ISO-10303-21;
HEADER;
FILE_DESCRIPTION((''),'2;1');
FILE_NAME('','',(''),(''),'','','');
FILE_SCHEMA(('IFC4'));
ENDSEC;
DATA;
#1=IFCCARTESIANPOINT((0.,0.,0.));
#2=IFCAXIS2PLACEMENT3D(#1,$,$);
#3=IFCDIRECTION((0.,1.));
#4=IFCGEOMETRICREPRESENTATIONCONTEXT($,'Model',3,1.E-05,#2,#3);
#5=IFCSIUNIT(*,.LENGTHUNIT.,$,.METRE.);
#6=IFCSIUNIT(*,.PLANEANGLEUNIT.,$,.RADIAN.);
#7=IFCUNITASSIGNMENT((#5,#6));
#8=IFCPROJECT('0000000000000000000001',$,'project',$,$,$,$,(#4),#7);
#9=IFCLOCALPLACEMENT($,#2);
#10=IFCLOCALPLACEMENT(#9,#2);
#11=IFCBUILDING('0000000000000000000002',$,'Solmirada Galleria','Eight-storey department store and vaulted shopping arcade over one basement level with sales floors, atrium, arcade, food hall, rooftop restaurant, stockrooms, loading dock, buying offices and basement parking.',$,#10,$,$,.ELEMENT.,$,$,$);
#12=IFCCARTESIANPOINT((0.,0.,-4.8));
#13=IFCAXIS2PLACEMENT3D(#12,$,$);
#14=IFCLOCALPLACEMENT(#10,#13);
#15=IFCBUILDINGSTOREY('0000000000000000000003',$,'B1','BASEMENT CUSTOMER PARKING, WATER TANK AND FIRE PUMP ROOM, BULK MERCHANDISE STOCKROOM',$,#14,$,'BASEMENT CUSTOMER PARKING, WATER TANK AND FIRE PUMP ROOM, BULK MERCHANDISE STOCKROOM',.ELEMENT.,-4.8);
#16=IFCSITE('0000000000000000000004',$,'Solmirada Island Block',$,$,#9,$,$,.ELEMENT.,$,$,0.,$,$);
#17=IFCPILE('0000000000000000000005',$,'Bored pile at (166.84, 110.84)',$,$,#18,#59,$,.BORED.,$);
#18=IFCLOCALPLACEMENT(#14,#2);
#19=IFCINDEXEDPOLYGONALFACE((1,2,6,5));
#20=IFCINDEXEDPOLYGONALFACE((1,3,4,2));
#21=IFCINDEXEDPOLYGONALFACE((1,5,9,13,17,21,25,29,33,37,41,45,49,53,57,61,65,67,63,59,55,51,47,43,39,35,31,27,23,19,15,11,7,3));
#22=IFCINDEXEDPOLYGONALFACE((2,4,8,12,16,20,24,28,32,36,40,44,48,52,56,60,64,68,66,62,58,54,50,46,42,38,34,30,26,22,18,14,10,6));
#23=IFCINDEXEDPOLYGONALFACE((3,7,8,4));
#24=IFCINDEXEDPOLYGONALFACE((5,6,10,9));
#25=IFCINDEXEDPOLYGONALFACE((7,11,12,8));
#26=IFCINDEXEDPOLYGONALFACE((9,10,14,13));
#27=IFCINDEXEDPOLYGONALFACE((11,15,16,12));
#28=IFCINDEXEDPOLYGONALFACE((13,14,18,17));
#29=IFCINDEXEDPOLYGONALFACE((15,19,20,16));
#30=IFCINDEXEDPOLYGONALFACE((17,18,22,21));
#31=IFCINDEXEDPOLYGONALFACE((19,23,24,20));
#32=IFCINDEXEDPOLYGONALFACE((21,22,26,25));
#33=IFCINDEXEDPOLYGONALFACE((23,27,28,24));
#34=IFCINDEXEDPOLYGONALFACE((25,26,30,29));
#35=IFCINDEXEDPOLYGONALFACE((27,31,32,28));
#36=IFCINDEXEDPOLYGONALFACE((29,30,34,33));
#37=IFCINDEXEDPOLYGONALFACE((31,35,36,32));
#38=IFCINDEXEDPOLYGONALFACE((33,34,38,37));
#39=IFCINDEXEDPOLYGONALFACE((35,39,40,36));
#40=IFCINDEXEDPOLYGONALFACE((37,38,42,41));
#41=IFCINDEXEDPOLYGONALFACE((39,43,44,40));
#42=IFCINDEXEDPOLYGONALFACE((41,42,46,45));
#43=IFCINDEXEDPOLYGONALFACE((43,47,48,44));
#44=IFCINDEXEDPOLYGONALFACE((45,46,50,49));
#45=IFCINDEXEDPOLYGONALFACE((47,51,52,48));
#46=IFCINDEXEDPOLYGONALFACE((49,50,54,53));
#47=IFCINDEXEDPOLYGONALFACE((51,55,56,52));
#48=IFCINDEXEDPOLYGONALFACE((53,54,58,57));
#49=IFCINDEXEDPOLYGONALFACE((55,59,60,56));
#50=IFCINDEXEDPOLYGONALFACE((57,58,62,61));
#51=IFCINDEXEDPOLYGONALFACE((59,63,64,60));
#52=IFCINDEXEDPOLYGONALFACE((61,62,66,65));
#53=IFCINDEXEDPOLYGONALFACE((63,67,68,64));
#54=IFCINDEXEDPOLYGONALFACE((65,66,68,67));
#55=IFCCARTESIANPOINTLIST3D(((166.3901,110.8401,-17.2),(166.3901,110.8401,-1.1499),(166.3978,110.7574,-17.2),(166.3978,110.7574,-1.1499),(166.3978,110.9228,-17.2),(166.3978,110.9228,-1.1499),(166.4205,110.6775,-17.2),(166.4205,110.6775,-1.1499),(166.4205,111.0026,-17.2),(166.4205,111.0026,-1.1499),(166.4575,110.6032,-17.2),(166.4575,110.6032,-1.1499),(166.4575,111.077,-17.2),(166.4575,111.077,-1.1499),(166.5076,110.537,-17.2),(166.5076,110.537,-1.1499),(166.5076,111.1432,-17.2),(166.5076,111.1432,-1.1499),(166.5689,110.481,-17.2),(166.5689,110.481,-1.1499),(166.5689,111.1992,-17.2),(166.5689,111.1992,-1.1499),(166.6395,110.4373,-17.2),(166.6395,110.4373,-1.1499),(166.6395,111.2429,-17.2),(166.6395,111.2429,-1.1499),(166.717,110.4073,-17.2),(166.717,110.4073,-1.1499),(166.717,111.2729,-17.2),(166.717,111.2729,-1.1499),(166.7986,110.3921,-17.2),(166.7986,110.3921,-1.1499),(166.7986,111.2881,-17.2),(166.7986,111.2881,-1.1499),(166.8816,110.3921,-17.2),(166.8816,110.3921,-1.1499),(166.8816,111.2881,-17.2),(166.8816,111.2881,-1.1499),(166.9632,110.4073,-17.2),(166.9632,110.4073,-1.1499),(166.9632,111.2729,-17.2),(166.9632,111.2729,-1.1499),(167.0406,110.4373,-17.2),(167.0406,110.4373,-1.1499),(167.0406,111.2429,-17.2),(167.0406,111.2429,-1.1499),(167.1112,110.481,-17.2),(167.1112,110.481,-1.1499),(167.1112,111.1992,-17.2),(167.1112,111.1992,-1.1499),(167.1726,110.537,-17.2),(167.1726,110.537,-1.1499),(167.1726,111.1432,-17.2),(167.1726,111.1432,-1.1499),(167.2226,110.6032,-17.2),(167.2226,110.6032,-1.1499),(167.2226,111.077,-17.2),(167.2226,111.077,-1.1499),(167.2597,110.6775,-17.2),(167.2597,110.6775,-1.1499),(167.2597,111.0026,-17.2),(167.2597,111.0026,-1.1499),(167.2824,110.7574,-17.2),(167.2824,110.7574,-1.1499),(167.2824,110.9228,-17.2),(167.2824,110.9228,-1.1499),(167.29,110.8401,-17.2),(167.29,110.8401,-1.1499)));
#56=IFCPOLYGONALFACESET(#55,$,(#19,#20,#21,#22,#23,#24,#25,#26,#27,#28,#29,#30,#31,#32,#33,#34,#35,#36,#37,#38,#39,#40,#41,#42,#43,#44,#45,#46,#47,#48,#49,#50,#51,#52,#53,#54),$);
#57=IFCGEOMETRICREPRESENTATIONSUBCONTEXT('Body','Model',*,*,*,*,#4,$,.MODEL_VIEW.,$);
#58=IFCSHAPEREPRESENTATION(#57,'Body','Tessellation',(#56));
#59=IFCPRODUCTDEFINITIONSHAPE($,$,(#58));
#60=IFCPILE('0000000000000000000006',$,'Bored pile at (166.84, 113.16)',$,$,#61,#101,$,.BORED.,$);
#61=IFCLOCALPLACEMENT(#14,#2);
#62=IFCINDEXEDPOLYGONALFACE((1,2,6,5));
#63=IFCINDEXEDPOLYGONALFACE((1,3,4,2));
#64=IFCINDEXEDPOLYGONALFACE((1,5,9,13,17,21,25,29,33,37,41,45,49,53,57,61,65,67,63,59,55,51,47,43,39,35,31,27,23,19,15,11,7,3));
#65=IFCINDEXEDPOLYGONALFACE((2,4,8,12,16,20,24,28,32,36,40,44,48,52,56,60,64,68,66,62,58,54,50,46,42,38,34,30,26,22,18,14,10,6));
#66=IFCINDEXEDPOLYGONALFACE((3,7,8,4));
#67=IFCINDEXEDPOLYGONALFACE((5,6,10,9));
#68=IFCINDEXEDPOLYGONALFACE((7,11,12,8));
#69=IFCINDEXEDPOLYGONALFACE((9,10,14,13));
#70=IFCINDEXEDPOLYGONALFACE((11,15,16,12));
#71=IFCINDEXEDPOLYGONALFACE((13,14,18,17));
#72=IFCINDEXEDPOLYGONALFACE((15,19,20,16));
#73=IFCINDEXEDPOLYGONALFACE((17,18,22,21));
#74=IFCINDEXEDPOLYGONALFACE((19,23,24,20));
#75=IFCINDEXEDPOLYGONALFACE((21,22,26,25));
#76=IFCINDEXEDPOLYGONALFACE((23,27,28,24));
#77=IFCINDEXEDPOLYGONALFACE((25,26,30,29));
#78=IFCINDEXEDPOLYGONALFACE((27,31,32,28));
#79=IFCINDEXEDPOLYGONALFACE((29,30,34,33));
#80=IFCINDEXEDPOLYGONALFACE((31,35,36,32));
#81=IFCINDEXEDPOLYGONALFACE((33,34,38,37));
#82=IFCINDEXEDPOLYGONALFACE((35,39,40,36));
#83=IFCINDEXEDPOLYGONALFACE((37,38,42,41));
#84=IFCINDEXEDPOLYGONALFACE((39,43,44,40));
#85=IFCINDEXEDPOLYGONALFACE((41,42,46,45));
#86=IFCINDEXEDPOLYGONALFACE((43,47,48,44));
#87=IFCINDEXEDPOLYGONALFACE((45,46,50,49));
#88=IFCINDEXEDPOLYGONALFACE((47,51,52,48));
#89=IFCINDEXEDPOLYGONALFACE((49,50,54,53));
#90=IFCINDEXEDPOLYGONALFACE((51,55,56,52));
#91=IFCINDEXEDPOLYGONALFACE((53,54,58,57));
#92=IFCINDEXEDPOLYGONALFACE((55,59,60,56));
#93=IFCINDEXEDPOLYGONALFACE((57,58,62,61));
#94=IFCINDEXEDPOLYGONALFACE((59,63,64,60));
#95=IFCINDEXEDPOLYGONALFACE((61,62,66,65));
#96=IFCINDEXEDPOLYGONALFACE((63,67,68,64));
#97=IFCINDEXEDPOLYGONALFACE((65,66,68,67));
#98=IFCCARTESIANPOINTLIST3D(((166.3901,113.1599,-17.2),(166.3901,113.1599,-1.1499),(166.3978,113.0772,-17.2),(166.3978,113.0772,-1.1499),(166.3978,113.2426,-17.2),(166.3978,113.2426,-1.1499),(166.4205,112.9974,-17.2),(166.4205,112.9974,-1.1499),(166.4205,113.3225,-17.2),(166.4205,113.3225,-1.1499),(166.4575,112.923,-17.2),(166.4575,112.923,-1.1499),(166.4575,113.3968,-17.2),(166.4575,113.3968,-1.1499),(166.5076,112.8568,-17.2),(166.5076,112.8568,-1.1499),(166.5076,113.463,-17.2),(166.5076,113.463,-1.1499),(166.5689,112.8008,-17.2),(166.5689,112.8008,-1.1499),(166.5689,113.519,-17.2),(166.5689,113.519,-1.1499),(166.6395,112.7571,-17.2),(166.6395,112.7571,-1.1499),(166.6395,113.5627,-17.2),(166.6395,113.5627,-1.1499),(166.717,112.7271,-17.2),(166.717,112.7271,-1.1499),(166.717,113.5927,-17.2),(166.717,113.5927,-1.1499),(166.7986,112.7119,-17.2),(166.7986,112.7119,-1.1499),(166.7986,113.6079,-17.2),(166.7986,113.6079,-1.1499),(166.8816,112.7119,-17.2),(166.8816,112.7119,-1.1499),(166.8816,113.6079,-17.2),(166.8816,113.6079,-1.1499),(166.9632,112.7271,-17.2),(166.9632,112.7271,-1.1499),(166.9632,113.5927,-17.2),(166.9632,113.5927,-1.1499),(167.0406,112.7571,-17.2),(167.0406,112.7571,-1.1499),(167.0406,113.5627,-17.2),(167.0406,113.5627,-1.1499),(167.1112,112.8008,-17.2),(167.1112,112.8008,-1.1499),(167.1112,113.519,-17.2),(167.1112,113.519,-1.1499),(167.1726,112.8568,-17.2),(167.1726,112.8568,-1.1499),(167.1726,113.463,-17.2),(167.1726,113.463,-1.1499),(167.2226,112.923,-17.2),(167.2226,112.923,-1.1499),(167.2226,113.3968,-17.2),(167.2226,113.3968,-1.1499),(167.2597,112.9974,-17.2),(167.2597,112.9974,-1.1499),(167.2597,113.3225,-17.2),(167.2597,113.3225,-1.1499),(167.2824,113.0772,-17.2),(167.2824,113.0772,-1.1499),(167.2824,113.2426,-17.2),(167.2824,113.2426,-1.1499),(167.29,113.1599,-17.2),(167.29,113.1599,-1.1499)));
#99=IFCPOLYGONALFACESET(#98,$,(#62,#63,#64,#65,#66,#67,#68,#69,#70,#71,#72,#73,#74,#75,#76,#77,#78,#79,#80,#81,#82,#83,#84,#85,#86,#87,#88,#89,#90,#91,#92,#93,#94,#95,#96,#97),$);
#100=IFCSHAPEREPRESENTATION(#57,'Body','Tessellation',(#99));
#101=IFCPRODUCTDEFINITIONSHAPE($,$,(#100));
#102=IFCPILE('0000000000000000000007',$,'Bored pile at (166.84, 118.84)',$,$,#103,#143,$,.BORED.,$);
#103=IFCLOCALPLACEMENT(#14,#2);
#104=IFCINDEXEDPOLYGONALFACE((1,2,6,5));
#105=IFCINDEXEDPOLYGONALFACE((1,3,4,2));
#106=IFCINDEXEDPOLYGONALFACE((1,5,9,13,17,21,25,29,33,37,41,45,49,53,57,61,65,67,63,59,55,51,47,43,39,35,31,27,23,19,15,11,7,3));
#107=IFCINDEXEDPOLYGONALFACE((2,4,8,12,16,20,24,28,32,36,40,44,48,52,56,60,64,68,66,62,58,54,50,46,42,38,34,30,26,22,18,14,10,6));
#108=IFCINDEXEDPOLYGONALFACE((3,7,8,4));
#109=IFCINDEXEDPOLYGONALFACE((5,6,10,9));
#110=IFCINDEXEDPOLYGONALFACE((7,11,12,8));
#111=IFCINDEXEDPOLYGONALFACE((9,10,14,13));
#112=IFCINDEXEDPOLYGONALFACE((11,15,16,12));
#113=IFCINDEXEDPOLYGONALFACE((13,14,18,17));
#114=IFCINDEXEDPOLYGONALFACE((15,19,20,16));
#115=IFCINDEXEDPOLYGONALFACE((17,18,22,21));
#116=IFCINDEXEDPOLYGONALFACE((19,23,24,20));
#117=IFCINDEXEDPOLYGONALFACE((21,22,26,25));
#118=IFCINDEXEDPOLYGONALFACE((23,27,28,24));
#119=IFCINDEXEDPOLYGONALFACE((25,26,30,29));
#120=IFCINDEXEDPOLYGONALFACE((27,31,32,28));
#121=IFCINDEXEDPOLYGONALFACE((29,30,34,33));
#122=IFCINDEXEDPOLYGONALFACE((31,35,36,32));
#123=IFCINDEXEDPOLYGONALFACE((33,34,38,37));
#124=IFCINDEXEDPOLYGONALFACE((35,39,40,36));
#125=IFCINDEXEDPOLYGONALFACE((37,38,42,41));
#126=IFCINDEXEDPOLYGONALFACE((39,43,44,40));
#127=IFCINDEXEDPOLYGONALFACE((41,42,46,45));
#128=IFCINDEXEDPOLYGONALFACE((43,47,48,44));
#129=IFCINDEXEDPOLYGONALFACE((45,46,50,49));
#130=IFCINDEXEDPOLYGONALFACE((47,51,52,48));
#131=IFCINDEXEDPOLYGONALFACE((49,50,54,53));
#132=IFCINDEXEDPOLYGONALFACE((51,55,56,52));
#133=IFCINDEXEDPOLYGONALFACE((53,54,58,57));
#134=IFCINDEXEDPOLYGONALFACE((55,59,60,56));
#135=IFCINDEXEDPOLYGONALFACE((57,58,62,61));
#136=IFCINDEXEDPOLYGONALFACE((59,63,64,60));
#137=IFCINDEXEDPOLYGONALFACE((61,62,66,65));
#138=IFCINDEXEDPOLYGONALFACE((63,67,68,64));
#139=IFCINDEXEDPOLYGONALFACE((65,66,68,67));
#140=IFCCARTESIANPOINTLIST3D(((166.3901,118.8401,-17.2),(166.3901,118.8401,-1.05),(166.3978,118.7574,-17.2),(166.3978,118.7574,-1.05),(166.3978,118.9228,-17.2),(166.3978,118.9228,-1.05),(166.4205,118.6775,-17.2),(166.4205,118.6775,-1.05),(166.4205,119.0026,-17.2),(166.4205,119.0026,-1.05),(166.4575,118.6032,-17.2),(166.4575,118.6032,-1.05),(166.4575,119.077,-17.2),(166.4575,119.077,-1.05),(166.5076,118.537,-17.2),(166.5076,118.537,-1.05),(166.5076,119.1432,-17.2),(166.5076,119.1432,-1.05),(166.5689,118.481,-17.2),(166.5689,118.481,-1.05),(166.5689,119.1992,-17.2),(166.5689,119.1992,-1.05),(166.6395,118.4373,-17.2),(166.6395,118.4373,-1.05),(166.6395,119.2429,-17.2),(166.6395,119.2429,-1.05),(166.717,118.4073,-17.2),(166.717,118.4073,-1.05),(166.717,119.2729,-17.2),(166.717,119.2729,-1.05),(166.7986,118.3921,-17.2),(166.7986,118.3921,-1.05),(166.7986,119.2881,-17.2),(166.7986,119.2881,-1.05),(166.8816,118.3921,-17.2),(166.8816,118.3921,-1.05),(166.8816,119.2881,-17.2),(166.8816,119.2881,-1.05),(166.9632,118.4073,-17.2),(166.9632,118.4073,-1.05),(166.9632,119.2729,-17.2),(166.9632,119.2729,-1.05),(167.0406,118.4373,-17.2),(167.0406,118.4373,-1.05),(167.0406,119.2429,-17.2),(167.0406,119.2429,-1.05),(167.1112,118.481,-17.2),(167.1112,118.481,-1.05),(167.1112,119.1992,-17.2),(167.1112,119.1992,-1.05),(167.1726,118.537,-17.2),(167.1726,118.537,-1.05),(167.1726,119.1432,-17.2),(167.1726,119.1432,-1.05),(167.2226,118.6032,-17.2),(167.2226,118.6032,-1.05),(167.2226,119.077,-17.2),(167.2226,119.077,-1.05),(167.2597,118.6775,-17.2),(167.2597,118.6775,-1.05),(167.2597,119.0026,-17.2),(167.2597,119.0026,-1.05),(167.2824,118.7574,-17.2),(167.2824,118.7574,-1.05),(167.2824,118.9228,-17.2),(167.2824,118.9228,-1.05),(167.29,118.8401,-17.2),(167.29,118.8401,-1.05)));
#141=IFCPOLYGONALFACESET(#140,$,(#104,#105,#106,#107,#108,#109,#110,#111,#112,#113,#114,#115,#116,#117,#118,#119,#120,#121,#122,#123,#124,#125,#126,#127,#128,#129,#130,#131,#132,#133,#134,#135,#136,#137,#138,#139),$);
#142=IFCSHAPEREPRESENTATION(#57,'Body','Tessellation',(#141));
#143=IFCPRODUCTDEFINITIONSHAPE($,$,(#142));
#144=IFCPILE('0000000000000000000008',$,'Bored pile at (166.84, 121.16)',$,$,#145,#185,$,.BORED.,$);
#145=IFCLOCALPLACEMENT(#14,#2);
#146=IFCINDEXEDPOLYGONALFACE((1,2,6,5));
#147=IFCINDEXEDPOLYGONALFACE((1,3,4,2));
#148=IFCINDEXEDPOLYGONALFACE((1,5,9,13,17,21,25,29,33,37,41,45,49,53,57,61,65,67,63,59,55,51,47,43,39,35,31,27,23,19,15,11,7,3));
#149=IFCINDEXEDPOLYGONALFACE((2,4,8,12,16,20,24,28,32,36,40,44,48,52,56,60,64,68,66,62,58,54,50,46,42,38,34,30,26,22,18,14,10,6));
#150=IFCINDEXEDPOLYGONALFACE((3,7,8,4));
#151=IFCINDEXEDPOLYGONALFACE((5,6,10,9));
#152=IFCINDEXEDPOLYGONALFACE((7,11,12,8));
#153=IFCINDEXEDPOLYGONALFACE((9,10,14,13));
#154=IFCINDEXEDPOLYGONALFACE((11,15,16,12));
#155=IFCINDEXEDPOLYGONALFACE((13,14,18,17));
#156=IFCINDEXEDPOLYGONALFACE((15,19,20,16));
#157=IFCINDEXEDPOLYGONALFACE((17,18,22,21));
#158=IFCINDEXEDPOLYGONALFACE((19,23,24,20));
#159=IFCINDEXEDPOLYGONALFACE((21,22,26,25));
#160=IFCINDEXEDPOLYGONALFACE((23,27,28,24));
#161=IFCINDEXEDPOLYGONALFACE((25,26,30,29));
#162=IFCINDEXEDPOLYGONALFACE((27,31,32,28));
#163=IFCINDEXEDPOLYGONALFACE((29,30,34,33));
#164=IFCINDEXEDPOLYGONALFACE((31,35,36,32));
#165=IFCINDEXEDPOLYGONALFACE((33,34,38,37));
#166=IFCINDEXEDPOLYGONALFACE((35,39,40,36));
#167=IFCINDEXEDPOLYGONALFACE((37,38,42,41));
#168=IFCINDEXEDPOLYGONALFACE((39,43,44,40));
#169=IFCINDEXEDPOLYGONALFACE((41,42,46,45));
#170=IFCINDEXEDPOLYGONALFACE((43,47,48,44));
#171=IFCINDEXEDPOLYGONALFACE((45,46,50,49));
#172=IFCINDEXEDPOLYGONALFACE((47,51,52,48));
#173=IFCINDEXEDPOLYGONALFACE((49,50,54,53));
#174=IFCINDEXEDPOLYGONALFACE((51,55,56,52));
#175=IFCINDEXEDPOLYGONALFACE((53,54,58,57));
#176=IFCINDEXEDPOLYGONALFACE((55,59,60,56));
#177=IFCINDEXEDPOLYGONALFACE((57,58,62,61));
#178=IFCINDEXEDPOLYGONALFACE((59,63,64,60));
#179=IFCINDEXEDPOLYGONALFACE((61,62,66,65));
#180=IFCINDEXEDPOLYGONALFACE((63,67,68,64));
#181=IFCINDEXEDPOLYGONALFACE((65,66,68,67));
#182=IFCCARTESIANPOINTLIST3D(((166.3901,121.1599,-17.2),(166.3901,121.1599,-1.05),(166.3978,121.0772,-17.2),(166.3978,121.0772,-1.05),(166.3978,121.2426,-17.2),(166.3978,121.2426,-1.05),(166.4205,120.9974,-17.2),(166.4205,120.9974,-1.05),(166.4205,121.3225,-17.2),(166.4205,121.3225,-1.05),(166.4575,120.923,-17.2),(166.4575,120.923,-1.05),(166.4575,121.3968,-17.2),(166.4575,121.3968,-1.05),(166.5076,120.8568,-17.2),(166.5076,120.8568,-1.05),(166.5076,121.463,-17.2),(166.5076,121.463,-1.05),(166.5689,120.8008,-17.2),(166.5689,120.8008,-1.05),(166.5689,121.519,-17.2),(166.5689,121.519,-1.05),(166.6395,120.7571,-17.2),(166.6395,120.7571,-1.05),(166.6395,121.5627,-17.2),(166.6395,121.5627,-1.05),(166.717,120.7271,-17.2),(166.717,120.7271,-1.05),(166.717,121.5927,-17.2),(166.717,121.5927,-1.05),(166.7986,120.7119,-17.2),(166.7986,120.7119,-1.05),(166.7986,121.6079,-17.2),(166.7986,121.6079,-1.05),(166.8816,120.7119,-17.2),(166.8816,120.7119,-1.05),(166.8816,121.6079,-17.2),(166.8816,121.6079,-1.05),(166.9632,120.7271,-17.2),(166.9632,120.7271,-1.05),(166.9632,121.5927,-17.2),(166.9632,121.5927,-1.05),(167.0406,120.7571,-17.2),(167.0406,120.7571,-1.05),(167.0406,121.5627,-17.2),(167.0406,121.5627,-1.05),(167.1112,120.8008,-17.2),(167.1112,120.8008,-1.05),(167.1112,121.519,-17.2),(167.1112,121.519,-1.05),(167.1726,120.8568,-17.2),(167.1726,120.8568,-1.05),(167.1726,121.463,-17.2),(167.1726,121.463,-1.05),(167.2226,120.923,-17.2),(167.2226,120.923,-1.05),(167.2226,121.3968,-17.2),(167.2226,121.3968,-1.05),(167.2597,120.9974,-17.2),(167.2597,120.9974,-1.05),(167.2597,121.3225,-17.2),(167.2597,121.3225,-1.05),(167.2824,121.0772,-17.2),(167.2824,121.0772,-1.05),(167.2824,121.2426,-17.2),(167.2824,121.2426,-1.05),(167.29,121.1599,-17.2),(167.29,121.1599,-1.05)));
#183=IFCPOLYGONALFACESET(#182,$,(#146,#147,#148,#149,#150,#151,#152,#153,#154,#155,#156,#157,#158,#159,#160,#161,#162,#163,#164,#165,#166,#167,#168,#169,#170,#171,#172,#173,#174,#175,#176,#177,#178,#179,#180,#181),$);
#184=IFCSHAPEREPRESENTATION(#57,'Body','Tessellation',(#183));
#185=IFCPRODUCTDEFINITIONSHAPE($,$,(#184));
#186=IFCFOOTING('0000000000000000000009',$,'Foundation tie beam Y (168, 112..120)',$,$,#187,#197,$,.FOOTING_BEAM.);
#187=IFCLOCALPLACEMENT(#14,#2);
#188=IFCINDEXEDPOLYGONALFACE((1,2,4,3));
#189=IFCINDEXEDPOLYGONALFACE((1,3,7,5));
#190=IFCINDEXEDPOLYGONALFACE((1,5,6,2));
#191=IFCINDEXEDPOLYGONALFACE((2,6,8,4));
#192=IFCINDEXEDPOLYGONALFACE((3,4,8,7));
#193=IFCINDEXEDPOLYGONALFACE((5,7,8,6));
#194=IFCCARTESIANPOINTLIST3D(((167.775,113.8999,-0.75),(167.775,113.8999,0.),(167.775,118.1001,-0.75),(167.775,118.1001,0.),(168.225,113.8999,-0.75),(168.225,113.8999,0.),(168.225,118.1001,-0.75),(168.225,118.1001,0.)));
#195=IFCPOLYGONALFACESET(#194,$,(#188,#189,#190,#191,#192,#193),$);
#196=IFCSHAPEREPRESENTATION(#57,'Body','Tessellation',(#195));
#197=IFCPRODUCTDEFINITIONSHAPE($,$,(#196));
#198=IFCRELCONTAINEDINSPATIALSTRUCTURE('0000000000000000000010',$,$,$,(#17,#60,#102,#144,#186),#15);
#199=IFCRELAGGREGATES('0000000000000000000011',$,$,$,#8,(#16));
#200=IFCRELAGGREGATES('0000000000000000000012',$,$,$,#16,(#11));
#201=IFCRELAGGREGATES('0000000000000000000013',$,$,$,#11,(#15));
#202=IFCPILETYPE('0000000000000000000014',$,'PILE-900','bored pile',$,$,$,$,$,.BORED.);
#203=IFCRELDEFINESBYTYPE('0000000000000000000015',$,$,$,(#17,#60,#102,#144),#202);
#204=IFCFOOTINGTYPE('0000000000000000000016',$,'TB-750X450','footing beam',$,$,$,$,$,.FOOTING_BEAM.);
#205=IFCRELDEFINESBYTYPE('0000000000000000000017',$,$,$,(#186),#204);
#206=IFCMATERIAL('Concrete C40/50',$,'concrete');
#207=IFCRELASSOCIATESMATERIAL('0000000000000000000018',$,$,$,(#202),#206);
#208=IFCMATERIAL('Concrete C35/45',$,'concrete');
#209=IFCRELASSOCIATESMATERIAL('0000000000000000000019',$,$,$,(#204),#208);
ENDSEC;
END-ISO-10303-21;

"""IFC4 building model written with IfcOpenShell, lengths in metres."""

from ifc_helpers import new_model, si_unit, direction, frame, origin, origin_2d, place, context, subcontext, project, spatial, rectangle, circle, extrude, material, material_profile, profile_set, type_object, element, save


model = new_model("IFC4")

# Units and contexts
model_context = context("Model", 3, precision=1e-05, world=origin(), true_north=direction((0.0, 1.0)))
body_context = subcontext(model_context, "Body", "Model", "MODEL_VIEW")
ifc_project = project(units=[si_unit("LENGTHUNIT", "METRE"), si_unit("PLANEANGLEUNIT", "RADIAN")], contexts=[model_context])

# Site, building, storey
site_placement = place(None, origin())
site = spatial("IfcSite", under=ifc_project, at=site_placement, Name="Solmirada Island Block", CompositionType="ELEMENT", RefElevation=0.0)
building_placement = place(site_placement, origin())
building = spatial("IfcBuilding", under=site, at=building_placement, Name="Solmirada Galleria", Description="Eight-storey department store and vaulted shopping arcade over one basement level with sales floors, atrium, arcade, food hall, rooftop restaurant, stockrooms, loading dock, buying offices and basement parking.", CompositionType="ELEMENT")
storey_placement = place(building_placement, frame((0.0, 0.0, -4.8)))
storey = spatial("IfcBuildingStorey", under=building, at=storey_placement, Name="B1", Description="BASEMENT CUSTOMER PARKING, WATER TANK AND FIRE PUMP ROOM, BULK MERCHANDISE STOCKROOM", LongName="BASEMENT CUSTOMER PARKING, WATER TANK AND FIRE PUMP ROOM, BULK MERCHANDISE STOCKROOM", CompositionType="ELEMENT", Elevation=-4.8)

# Shared definitions
ifc_material_1 = material(Name="Concrete C35/45", Category="concrete")

# Piles
ifc_material_2 = material(Name="Concrete C40/50", Category="concrete")
ifc_material_profile_1 = material_profile(ifc_material_2, circle(Radius=0.45, at=origin_2d()), Name="PILE900")
ifc_profile_set_1 = profile_set([ifc_material_profile_1], Name="Concrete C40/50")
pile_type = type_object("IfcPileType", Name="PILE-900", Description="bored pile", PredefinedType="BORED", material=ifc_profile_set_1)
for number, where, z_axis, x_axis, name in (
    (1, (166.8401, 110.8401, -1.1499), (0.0, 0.0, -1.0), (1.0, 0.0, 0.0), "Bored pile at (166.84, 110.84)"),
    (2, (166.8401, 113.1599, -1.1499), (0.0, 0.0, -1.0), (1.0, 0.0, 0.0), "Bored pile at (166.84, 113.16)"),
):
    element("IfcPile", number, at=place(storey_placement, frame(where, z_axis=z_axis, x_axis=x_axis)), inside=storey, type_object=pile_type, Name=name, PredefinedType="BORED", context=body_context, shape_type="SweptSolid", body=[
        extrude(circle(Radius=0.45, at=origin_2d()), origin(), (0.0, 0.0, 1.0), 16.05),
    ])
for number, where, z_axis, x_axis, name in (
    (3, (166.8401, 118.8401, -1.05), (0.0, 0.0, -1.0), (1.0, 0.0, 0.0), "Bored pile at (166.84, 118.84)"),
    (4, (166.8401, 121.1599, -1.05), (0.0, 0.0, -1.0), (1.0, 0.0, 0.0), "Bored pile at (166.84, 121.16)"),
):
    element("IfcPile", number, at=place(storey_placement, frame(where, z_axis=z_axis, x_axis=x_axis)), inside=storey, type_object=pile_type, Name=name, PredefinedType="BORED", context=body_context, shape_type="SweptSolid", body=[
        extrude(circle(Radius=0.45, at=origin_2d()), origin(), (0.0, 0.0, 1.0), 16.1499),
    ])

# Footing
ifc_material_profile_2 = material_profile(ifc_material_1, rectangle(XDim=0.45, YDim=0.75, at=origin_2d()), Name="RC750X450")
ifc_profile_set_2 = profile_set([ifc_material_profile_2], Name="Concrete C35/45")
footing_type_1 = type_object("IfcFootingType", Name="TB-750X450", Description="footing beam", PredefinedType="FOOTING_BEAM", material=ifc_profile_set_2)
footing_1_placement = place(storey_placement, frame((168.0, 113.8999, -0.375), z_axis=(0.0, 1.0, 0.0), x_axis=(-1.0, 0.0, 0.0)))
element("IfcFooting", 5, at=footing_1_placement, inside=storey, type_object=footing_type_1, Name="Foundation tie beam Y (168, 112..120)", PredefinedType="FOOTING_BEAM", context=body_context, shape_type="SweptSolid", body=[
    extrude(rectangle(XDim=0.45, YDim=0.75, at=origin_2d()), origin(), (0.0, 0.0, 1.0), 4.2002),
])

save(model, "model.ifc")
